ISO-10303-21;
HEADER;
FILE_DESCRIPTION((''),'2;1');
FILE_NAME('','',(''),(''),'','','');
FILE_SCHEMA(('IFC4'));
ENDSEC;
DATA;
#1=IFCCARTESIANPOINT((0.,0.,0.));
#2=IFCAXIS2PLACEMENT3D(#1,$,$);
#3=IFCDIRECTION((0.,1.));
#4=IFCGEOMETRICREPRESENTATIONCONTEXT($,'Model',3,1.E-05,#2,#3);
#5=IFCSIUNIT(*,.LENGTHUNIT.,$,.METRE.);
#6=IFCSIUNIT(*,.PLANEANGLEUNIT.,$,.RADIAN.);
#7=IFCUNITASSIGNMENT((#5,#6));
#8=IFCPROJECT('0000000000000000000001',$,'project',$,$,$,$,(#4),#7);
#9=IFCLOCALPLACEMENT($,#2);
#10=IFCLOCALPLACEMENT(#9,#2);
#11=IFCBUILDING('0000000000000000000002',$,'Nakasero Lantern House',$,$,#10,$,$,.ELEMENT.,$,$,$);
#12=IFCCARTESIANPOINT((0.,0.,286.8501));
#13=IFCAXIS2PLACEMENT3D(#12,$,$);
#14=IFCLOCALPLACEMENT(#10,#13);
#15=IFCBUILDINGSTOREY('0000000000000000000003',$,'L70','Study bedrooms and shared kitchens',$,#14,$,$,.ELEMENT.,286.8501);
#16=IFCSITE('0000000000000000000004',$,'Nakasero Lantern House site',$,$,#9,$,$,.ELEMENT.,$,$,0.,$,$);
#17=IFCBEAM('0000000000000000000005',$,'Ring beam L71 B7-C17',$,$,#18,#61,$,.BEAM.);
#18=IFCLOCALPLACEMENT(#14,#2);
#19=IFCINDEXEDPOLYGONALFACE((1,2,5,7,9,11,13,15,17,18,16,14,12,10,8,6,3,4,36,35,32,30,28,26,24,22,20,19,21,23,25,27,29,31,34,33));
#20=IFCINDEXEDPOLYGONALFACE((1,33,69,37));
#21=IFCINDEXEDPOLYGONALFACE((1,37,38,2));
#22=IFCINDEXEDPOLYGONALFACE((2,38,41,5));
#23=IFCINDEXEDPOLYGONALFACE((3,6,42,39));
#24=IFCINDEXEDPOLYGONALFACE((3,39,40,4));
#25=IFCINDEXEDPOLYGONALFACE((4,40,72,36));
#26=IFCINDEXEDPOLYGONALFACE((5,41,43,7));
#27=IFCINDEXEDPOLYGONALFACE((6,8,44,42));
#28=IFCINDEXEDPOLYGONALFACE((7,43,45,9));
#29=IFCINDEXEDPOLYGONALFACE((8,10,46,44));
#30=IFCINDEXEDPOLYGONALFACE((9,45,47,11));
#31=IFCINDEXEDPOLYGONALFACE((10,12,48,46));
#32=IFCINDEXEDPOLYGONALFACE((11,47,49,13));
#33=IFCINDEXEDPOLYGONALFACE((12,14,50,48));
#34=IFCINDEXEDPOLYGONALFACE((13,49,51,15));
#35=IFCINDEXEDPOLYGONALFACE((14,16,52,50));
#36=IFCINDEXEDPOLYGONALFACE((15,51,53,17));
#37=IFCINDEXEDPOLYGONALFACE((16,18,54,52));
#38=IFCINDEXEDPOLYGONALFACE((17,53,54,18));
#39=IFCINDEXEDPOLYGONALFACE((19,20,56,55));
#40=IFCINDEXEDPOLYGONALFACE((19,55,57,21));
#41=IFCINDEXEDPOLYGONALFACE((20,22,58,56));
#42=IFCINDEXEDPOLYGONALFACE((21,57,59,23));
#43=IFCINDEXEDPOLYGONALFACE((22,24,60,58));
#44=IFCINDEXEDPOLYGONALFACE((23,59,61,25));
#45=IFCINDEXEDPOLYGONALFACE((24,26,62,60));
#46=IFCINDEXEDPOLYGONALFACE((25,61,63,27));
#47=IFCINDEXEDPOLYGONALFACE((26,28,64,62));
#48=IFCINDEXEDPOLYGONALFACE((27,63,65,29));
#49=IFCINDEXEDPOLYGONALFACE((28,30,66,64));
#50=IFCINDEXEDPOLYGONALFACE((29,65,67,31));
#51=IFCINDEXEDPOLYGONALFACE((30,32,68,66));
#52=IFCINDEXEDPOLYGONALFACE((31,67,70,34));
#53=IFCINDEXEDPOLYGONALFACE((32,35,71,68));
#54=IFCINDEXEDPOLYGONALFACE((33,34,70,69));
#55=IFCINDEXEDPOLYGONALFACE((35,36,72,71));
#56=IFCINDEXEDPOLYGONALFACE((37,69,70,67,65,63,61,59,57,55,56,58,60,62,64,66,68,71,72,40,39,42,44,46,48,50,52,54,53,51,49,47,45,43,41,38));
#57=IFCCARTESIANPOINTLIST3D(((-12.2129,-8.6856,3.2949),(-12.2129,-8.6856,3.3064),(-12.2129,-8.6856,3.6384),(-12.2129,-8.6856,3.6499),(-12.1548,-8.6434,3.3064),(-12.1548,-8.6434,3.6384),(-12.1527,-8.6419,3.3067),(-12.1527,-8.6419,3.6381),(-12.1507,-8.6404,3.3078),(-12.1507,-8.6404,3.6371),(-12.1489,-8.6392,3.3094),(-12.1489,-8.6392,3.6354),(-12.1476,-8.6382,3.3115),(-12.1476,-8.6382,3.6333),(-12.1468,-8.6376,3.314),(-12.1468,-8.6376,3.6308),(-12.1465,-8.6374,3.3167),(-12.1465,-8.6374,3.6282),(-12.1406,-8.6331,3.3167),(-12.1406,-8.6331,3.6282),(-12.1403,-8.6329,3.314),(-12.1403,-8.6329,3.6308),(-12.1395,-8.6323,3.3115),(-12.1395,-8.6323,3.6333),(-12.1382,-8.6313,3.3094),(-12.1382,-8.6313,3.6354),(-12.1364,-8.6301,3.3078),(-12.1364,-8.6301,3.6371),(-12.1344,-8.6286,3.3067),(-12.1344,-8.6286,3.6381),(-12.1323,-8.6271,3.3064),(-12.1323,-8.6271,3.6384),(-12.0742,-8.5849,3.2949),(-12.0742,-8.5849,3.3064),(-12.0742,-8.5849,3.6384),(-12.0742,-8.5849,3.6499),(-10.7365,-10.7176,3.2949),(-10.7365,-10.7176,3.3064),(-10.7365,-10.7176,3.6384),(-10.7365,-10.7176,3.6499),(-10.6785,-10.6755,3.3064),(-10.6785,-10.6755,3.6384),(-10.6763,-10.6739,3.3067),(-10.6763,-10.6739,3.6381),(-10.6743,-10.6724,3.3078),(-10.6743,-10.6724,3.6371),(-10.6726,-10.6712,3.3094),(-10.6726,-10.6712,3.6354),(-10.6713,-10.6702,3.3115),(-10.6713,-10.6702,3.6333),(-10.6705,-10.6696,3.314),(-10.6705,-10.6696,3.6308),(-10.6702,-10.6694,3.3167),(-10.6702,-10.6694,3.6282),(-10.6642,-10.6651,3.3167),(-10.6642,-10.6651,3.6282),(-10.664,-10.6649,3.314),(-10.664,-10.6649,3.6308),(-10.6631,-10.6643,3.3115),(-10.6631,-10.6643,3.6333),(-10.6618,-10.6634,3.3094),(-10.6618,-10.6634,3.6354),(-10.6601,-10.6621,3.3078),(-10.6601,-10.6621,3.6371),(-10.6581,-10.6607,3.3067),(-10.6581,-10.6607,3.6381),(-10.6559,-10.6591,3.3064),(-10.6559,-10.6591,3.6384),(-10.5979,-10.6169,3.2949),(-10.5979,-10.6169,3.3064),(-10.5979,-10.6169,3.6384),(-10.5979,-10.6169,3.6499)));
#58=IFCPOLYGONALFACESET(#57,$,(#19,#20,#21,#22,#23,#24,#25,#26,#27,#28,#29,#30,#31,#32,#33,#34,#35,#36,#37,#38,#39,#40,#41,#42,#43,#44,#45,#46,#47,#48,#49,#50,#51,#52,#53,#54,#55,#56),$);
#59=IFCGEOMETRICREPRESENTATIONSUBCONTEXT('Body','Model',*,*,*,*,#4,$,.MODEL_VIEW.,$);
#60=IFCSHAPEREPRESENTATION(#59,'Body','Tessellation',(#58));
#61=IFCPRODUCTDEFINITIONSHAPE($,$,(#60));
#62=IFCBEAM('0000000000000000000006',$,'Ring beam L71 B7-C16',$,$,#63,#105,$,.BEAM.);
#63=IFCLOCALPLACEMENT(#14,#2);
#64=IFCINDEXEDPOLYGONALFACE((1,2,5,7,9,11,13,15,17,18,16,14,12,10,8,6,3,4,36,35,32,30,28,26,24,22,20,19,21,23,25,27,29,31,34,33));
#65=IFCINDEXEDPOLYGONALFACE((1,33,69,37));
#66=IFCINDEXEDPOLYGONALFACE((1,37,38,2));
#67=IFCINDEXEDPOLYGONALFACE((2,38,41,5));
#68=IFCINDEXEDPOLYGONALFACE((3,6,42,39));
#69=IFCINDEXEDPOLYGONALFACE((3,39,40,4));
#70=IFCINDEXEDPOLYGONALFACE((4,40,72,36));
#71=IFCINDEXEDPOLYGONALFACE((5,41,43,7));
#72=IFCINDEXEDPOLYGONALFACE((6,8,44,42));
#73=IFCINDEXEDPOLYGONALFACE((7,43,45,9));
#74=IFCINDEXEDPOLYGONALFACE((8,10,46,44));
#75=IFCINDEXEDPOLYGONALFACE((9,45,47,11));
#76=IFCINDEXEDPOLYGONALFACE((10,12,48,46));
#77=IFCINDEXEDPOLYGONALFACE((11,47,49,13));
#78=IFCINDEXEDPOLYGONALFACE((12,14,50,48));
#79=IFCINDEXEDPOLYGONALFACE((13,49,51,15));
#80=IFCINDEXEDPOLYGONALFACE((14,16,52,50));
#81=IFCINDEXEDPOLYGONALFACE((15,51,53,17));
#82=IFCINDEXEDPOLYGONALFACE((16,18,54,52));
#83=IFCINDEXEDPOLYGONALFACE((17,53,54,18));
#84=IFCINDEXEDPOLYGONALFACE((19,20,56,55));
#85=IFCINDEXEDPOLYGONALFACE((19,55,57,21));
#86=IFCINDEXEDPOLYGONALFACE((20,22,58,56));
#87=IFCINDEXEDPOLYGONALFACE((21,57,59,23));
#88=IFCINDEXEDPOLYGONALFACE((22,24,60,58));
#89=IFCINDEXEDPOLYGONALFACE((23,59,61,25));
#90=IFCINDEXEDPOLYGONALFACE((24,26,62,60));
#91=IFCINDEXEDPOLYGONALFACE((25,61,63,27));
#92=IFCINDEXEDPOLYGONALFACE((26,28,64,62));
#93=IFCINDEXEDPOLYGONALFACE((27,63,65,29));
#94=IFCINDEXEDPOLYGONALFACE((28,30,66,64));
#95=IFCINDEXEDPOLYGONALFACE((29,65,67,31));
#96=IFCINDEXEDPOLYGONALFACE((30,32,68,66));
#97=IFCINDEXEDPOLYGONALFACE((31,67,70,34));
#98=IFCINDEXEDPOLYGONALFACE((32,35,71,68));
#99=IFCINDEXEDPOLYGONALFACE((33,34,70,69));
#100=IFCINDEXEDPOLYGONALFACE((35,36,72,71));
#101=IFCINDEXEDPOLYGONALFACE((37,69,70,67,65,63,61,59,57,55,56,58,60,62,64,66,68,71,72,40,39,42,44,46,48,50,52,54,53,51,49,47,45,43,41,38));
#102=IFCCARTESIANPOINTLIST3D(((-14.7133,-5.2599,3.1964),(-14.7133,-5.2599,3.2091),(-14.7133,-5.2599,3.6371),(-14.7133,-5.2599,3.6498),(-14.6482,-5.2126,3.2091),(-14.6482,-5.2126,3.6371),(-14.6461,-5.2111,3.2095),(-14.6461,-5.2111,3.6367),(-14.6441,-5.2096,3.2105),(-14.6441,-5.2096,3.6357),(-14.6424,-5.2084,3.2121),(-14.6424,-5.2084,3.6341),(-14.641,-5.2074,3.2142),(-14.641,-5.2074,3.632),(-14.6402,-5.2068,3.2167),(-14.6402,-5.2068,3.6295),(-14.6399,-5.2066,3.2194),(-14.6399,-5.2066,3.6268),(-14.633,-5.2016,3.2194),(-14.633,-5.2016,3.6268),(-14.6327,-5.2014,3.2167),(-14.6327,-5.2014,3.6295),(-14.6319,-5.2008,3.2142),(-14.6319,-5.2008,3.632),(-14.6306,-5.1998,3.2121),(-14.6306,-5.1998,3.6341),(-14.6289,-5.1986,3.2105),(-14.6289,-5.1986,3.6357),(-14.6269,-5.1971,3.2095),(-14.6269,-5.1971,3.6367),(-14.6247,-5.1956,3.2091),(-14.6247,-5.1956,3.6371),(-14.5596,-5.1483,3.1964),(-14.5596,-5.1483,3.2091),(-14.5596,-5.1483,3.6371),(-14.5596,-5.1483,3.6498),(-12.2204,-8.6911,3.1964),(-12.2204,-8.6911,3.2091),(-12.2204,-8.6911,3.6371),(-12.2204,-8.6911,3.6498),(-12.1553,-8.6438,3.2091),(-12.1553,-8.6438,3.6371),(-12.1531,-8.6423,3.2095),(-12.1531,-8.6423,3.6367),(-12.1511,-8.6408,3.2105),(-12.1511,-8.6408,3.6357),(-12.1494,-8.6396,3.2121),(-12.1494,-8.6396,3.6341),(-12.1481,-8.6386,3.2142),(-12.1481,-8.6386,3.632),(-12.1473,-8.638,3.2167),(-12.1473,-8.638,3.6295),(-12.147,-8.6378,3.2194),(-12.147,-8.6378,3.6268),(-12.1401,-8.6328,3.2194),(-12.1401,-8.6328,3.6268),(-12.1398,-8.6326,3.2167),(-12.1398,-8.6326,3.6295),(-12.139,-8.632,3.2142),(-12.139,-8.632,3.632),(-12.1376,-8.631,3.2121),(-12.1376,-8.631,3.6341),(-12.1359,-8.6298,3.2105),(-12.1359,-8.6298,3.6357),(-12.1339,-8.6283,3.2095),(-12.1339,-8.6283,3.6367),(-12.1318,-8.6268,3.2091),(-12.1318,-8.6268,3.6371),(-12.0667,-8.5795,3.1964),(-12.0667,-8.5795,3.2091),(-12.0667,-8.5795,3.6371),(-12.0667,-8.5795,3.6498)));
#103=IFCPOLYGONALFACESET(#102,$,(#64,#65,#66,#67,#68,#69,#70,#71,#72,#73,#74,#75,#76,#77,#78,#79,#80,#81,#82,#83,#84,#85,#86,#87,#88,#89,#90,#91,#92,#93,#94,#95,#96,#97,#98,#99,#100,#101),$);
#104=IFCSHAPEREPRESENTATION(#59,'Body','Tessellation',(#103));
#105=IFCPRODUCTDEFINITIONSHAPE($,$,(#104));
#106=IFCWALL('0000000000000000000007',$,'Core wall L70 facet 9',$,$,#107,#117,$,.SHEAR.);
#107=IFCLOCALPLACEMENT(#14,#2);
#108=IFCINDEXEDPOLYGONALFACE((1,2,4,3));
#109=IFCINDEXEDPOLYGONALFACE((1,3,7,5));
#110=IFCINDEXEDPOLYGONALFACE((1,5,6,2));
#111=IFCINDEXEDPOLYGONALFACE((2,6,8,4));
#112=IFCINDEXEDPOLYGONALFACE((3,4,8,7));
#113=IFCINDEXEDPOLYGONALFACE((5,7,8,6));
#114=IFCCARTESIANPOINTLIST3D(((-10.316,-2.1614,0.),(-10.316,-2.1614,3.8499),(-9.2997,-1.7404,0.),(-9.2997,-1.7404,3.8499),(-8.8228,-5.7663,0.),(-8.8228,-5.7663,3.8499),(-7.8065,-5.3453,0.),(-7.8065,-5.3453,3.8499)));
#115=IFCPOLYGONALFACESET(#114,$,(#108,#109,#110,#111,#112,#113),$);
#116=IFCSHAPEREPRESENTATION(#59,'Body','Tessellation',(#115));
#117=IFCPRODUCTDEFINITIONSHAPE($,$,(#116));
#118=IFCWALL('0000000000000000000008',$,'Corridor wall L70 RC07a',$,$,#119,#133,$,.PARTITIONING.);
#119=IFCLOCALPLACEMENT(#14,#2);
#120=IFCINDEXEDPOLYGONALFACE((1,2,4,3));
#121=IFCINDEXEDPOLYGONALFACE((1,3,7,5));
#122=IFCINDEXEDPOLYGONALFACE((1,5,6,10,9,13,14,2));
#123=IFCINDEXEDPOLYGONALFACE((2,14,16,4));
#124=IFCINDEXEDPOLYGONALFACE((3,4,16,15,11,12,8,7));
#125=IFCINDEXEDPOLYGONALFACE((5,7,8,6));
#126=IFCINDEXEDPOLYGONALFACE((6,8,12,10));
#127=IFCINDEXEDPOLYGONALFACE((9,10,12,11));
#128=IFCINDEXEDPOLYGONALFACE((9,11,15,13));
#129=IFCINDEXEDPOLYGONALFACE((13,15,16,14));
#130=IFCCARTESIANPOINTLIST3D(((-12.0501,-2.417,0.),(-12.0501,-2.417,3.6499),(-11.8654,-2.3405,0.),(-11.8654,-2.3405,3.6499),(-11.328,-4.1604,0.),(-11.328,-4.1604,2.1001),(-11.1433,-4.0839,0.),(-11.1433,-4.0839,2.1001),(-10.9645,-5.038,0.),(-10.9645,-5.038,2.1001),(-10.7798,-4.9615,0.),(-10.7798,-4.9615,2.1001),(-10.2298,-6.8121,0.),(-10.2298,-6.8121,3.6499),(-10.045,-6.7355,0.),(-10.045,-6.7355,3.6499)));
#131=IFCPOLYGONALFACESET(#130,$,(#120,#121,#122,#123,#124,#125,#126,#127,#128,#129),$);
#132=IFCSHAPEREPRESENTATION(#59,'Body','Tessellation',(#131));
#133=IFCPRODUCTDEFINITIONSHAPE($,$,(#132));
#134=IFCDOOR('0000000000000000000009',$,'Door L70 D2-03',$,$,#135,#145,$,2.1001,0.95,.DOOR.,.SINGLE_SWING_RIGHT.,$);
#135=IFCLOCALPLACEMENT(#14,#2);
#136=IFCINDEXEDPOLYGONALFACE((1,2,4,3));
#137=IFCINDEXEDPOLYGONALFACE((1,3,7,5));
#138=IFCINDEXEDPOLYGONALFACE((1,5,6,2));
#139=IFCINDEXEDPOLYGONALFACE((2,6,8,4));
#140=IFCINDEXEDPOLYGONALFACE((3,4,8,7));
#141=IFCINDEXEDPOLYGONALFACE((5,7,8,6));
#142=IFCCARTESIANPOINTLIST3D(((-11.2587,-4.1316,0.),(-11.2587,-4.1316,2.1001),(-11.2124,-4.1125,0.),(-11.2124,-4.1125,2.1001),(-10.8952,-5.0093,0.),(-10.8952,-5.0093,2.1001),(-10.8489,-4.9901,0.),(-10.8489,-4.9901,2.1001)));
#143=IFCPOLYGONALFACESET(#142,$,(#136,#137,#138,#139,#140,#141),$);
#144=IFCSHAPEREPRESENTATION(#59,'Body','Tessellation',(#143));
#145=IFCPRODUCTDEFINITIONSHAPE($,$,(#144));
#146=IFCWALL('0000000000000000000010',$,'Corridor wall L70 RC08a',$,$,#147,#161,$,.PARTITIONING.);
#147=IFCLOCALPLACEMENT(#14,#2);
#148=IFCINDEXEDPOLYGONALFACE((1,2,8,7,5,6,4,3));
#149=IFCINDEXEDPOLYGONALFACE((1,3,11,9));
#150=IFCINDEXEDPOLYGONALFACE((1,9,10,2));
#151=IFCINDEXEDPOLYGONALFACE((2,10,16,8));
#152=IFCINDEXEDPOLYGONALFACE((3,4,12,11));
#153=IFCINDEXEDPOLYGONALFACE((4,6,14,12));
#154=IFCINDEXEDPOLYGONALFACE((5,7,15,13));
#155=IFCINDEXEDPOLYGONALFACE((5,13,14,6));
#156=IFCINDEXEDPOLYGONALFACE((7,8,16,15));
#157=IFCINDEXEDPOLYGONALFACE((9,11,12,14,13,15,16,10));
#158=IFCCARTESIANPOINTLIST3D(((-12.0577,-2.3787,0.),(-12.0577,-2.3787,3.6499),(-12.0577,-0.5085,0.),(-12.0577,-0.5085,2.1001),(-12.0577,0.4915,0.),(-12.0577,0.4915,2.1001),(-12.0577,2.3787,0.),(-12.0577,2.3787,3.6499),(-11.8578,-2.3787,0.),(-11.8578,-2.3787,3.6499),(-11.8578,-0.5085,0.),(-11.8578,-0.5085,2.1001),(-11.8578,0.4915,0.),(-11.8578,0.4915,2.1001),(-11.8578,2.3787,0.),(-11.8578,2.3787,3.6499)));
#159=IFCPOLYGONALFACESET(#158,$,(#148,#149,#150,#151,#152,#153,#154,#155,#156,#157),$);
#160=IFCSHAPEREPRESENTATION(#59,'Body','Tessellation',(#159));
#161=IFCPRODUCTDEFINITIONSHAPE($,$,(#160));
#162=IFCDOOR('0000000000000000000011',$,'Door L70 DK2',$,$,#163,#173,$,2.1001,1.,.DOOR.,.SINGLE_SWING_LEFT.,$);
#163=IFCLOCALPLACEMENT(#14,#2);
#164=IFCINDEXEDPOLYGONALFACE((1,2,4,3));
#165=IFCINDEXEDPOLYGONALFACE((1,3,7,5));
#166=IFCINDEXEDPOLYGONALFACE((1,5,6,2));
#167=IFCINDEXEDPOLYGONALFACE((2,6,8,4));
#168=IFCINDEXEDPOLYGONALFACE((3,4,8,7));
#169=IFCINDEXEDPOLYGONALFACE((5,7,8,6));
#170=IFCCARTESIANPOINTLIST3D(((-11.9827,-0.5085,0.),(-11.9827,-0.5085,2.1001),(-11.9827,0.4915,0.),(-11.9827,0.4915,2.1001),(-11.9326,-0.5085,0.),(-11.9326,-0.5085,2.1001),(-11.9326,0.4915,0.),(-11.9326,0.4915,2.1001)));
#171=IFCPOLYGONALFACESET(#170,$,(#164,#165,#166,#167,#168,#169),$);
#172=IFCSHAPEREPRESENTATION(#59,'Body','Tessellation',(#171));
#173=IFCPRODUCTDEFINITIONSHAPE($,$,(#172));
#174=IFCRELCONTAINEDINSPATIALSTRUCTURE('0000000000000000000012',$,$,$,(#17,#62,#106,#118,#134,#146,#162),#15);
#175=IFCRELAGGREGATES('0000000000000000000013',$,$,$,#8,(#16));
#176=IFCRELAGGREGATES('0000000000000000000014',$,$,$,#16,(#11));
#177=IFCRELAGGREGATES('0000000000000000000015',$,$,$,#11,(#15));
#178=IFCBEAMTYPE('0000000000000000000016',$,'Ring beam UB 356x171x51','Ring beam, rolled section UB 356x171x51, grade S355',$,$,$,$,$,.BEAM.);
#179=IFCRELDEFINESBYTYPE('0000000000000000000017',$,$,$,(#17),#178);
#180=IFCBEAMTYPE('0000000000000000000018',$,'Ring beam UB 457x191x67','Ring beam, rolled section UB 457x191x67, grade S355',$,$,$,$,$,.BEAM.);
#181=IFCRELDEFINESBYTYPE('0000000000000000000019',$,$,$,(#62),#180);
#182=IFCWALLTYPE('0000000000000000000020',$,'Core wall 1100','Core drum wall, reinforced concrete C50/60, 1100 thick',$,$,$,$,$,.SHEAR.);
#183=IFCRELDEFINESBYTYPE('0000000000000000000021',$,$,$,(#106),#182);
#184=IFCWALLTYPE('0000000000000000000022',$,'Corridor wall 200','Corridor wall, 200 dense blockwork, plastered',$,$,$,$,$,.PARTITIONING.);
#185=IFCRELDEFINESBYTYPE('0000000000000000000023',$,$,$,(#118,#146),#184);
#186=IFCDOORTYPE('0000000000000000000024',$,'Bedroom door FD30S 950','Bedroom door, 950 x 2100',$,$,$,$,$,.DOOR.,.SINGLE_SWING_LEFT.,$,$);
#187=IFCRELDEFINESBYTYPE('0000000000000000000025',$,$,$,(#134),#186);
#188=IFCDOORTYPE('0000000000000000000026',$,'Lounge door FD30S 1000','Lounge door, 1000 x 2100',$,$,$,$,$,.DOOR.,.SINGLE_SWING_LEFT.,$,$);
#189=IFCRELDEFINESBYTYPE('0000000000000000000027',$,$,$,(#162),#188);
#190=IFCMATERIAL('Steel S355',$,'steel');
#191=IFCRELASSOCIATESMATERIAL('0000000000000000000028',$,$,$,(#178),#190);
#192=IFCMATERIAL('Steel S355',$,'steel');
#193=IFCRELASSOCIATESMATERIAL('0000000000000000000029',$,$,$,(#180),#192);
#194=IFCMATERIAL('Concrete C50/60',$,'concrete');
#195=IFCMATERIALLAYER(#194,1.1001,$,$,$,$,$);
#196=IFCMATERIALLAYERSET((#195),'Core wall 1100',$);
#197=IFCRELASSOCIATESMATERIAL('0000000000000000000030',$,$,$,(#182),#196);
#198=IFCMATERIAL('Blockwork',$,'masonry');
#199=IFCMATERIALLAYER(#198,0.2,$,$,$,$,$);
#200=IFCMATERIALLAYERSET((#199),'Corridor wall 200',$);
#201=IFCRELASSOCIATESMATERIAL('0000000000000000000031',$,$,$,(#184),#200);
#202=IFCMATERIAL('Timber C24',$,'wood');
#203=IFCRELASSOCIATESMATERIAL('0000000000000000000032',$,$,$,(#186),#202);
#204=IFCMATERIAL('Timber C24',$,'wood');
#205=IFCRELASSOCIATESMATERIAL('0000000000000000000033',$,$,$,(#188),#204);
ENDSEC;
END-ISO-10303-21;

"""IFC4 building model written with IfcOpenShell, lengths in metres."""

from ifc_helpers import new_model, si_unit, direction, frame, frame_2d, origin, origin_2d, place, context, subcontext, project, spatial, rectangle, i_section, extrude, material, layer, layer_set, material_profile, profile_set, type_object, element, fill, save


model = new_model("IFC4")

# Units and contexts
model_context = context("Model", 3, precision=1e-05, world=origin(), true_north=direction((0.0, 1.0)))
body_context = subcontext(model_context, "Body", "Model", "MODEL_VIEW")
ifc_project = project(units=[si_unit("LENGTHUNIT", "METRE"), si_unit("PLANEANGLEUNIT", "RADIAN")], contexts=[model_context])

# Site, building, storey
site_placement = place(None, origin())
site = spatial("IfcSite", under=ifc_project, at=site_placement, Name="Nakasero Lantern House site", CompositionType="ELEMENT", RefElevation=0.0)
building_placement = place(site_placement, origin())
building = spatial("IfcBuilding", under=site, at=building_placement, Name="Nakasero Lantern House", CompositionType="ELEMENT")
storey_placement = place(building_placement, frame((0.0, 0.0, 286.8501)))
storey = spatial("IfcBuildingStorey", under=building, at=storey_placement, Name="L70", Description="Study bedrooms and shared kitchens", CompositionType="ELEMENT", Elevation=286.8501)

# Beams
ifc_material_1 = material(Name="Steel S355", Category="steel")
ifc_material_profile_1 = material_profile(ifc_material_1, i_section(OverallWidth=0.1714, OverallDepth=0.355, WebThickness=0.0073, FlangeThickness=0.0115, FilletRadius=0.0103, at=origin_2d()), Name="UB 356x171x51")
ifc_profile_set_1 = profile_set([ifc_material_profile_1], Name="Steel S355")
beam_type_1 = type_object("IfcBeamType", Name="Ring beam UB 356x171x51", Description="Ring beam, rolled section UB 356x171x51, grade S355", PredefinedType="BEAM", material=ifc_profile_set_1)
beam_1_placement = place(storey_placement, frame((-12.1436, -8.6353, 3.4724), z_axis=(0.587784, -0.809018, 0.0), x_axis=(0.809018, 0.587784, 0.0)))
element("IfcBeam", 1, at=beam_1_placement, inside=storey, type_object=beam_type_1, Name="Ring beam L71 B7-C17", PredefinedType="BEAM", context=body_context, shape_type="SweptSolid", body=[
    extrude(i_section(OverallWidth=0.1714, OverallDepth=0.355, WebThickness=0.0073, FlangeThickness=0.0115, FilletRadius=0.0103, at=origin_2d()), origin(), (0.0, 0.0, 1.0), 2.5117),
])
ifc_material_2 = material(Name="Steel S355", Category="steel")
ifc_material_profile_2 = material_profile(ifc_material_2, i_section(OverallWidth=0.1899, OverallDepth=0.4534, WebThickness=0.0085, FlangeThickness=0.0127, FilletRadius=0.0103, at=origin_2d()), Name="UB 457x191x67")
ifc_profile_set_2 = profile_set([ifc_material_profile_2], Name="Steel S355")
beam_type_2 = type_object("IfcBeamType", Name="Ring beam UB 457x191x67", Description="Ring beam, rolled section UB 457x191x67, grade S355", PredefinedType="BEAM", material=ifc_profile_set_2)
beam_2_placement = place(storey_placement, frame((-14.6365, -5.2041, 3.4231), z_axis=(0.587792, -0.809012, 0.0), x_axis=(0.809012, 0.587792, 0.0)))
element("IfcBeam", 2, at=beam_2_placement, inside=storey, type_object=beam_type_2, Name="Ring beam L71 B7-C16", PredefinedType="BEAM", context=body_context, shape_type="SweptSolid", body=[
    extrude(i_section(OverallWidth=0.1899, OverallDepth=0.4534, WebThickness=0.0085, FlangeThickness=0.0127, FilletRadius=0.0103, at=origin_2d()), origin(), (0.0, 0.0, 1.0), 4.2412),
])

# Wall
ifc_material_3 = material(Name="Concrete C50/60", Category="concrete")
ifc_layer_1 = layer(ifc_material_3, 1.1001)
ifc_layer_set_1 = layer_set([ifc_layer_1], Name="Core wall 1100")
wall_type_1 = type_object("IfcWallType", Name="Core wall 1100", Description="Core drum wall, reinforced concrete C50/60, 1100 thick", PredefinedType="SHEAR", material=ifc_layer_set_1)
wall_1_placement = place(storey_placement, frame((-9.8079, -1.9509, 0.0), z_axis=(0.0, 0.0, 1.0), x_axis=(0.382691, -0.923877, 0.0)))
element("IfcWall", 3, at=wall_1_placement, inside=storey, type_object=wall_type_1, Name="Core wall L70 facet 9", PredefinedType="SHEAR", context=body_context, shape_type="SweptSolid", body=[
    extrude(rectangle(XDim=3.9019, YDim=1.1001, at=frame_2d((1.9509, 0.0))), origin(), (0.0, 0.0, 1.0), 3.8499),
])

# Walls, openings, doors
ifc_material_4 = material(Name="Blockwork", Category="masonry")
ifc_layer_2 = layer(ifc_material_4, 0.2)
ifc_layer_set_2 = layer_set([ifc_layer_2], Name="Corridor wall 200")
wall_type_2 = type_object("IfcWallType", Name="Corridor wall 200", Description="Corridor wall, 200 dense blockwork, plastered", PredefinedType="PARTITIONING", material=ifc_layer_set_2)
wall_2_placement = place(storey_placement, frame((-10.1375, -6.7737, 0.0), z_axis=(0.0, 0.0, 1.0), x_axis=(-0.382654, 0.923892, 0.0)))
wall_2 = element("IfcWall", 4, at=wall_2_placement, inside=storey, type_object=wall_type_2, Name="Corridor wall L70 RC07a", PredefinedType="PARTITIONING", context=body_context, shape_type="SweptSolid", body=[
    extrude(rectangle(XDim=4.7571, YDim=0.2, at=frame_2d((2.3784, 0.0))), origin(), (0.0, 0.0, 1.0), 3.6499),
])
opening_1_placement = place(wall_2_placement, frame((1.9199, 0.0, 0.0)))
opening_1 = element("IfcOpeningElement", 5, at=opening_1_placement, cuts=wall_2, PredefinedType="OPENING", context=body_context, shape_type="SweptSolid", body=[
    extrude(rectangle(XDim=0.95, YDim=2.1001, at=frame_2d((0.4751, 1.05))), frame((0.0, 0.1199, 0.0), z_axis=(0.0, -1.0, 0.0), x_axis=(1.0, 0.0, 0.0)), (0.0, 0.0, 1.0), 0.24),
])
ifc_material_5 = material(Name="Timber C24", Category="wood")
door_type_1 = type_object("IfcDoorType", Name="Bedroom door FD30S 950", Description="Bedroom door, 950 x 2100", OperationType="SINGLE_SWING_LEFT", PredefinedType="DOOR", material=ifc_material_5)
door_1_placement = place(opening_1_placement, origin())
door_1 = element("IfcDoor", 6, at=door_1_placement, inside=storey, type_object=door_type_1, Name="Door L70 D2-03", OperationType="SINGLE_SWING_RIGHT", OverallHeight=2.1001, OverallWidth=0.95, PredefinedType="DOOR", context=body_context, shape_type="SweptSolid", body=[
    extrude(rectangle(XDim=0.95, YDim=2.1001, at=frame_2d((0.4751, 1.05))), frame((0.0, 0.0249, 0.0), z_axis=(0.0, -1.0, 0.0), x_axis=(1.0, 0.0, 0.0)), (0.0, 0.0, 1.0), 0.05),
])
fill(opening_1, door_1)
wall_3_placement = place(storey_placement, frame((-11.9578, -2.3787, 0.0), z_axis=(0.0, 0.0, 1.0), x_axis=(0.0, 1.0, 0.0)))
wall_3 = element("IfcWall", 7, at=wall_3_placement, inside=storey, type_object=wall_type_2, Name="Corridor wall L70 RC08a", PredefinedType="PARTITIONING", context=body_context, shape_type="SweptSolid", body=[
    extrude(rectangle(XDim=4.7573, YDim=0.2, at=frame_2d((2.3787, 0.0))), origin(), (0.0, 0.0, 1.0), 3.6499),
])
opening_2_placement = place(wall_3_placement, frame((1.8701, 0.0, 0.0)))
opening_2 = element("IfcOpeningElement", 8, at=opening_2_placement, cuts=wall_3, PredefinedType="OPENING", context=body_context, shape_type="SweptSolid", body=[
    extrude(rectangle(XDim=1.0, YDim=2.1001, at=frame_2d((0.5, 1.05))), frame((0.0, 0.1199, 0.0), z_axis=(0.0, -1.0, 0.0), x_axis=(1.0, 0.0, 0.0)), (0.0, 0.0, 1.0), 0.24),
])
ifc_material_6 = material(Name="Timber C24", Category="wood")
door_type_2 = type_object("IfcDoorType", Name="Lounge door FD30S 1000", Description="Lounge door, 1000 x 2100", OperationType="SINGLE_SWING_LEFT", PredefinedType="DOOR", material=ifc_material_6)
door_2_placement = place(opening_2_placement, origin())
door_2 = element("IfcDoor", 9, at=door_2_placement, inside=storey, type_object=door_type_2, Name="Door L70 DK2", OperationType="SINGLE_SWING_LEFT", OverallHeight=2.1001, OverallWidth=1.0, PredefinedType="DOOR", context=body_context, shape_type="SweptSolid", body=[
    extrude(rectangle(XDim=1.0, YDim=2.1001, at=frame_2d((0.5, 1.05))), frame((0.0, 0.0249, 0.0), z_axis=(0.0, -1.0, 0.0), x_axis=(1.0, 0.0, 0.0)), (0.0, 0.0, 1.0), 0.05),
])
fill(opening_2, door_2)

save(model, "model.ifc")
